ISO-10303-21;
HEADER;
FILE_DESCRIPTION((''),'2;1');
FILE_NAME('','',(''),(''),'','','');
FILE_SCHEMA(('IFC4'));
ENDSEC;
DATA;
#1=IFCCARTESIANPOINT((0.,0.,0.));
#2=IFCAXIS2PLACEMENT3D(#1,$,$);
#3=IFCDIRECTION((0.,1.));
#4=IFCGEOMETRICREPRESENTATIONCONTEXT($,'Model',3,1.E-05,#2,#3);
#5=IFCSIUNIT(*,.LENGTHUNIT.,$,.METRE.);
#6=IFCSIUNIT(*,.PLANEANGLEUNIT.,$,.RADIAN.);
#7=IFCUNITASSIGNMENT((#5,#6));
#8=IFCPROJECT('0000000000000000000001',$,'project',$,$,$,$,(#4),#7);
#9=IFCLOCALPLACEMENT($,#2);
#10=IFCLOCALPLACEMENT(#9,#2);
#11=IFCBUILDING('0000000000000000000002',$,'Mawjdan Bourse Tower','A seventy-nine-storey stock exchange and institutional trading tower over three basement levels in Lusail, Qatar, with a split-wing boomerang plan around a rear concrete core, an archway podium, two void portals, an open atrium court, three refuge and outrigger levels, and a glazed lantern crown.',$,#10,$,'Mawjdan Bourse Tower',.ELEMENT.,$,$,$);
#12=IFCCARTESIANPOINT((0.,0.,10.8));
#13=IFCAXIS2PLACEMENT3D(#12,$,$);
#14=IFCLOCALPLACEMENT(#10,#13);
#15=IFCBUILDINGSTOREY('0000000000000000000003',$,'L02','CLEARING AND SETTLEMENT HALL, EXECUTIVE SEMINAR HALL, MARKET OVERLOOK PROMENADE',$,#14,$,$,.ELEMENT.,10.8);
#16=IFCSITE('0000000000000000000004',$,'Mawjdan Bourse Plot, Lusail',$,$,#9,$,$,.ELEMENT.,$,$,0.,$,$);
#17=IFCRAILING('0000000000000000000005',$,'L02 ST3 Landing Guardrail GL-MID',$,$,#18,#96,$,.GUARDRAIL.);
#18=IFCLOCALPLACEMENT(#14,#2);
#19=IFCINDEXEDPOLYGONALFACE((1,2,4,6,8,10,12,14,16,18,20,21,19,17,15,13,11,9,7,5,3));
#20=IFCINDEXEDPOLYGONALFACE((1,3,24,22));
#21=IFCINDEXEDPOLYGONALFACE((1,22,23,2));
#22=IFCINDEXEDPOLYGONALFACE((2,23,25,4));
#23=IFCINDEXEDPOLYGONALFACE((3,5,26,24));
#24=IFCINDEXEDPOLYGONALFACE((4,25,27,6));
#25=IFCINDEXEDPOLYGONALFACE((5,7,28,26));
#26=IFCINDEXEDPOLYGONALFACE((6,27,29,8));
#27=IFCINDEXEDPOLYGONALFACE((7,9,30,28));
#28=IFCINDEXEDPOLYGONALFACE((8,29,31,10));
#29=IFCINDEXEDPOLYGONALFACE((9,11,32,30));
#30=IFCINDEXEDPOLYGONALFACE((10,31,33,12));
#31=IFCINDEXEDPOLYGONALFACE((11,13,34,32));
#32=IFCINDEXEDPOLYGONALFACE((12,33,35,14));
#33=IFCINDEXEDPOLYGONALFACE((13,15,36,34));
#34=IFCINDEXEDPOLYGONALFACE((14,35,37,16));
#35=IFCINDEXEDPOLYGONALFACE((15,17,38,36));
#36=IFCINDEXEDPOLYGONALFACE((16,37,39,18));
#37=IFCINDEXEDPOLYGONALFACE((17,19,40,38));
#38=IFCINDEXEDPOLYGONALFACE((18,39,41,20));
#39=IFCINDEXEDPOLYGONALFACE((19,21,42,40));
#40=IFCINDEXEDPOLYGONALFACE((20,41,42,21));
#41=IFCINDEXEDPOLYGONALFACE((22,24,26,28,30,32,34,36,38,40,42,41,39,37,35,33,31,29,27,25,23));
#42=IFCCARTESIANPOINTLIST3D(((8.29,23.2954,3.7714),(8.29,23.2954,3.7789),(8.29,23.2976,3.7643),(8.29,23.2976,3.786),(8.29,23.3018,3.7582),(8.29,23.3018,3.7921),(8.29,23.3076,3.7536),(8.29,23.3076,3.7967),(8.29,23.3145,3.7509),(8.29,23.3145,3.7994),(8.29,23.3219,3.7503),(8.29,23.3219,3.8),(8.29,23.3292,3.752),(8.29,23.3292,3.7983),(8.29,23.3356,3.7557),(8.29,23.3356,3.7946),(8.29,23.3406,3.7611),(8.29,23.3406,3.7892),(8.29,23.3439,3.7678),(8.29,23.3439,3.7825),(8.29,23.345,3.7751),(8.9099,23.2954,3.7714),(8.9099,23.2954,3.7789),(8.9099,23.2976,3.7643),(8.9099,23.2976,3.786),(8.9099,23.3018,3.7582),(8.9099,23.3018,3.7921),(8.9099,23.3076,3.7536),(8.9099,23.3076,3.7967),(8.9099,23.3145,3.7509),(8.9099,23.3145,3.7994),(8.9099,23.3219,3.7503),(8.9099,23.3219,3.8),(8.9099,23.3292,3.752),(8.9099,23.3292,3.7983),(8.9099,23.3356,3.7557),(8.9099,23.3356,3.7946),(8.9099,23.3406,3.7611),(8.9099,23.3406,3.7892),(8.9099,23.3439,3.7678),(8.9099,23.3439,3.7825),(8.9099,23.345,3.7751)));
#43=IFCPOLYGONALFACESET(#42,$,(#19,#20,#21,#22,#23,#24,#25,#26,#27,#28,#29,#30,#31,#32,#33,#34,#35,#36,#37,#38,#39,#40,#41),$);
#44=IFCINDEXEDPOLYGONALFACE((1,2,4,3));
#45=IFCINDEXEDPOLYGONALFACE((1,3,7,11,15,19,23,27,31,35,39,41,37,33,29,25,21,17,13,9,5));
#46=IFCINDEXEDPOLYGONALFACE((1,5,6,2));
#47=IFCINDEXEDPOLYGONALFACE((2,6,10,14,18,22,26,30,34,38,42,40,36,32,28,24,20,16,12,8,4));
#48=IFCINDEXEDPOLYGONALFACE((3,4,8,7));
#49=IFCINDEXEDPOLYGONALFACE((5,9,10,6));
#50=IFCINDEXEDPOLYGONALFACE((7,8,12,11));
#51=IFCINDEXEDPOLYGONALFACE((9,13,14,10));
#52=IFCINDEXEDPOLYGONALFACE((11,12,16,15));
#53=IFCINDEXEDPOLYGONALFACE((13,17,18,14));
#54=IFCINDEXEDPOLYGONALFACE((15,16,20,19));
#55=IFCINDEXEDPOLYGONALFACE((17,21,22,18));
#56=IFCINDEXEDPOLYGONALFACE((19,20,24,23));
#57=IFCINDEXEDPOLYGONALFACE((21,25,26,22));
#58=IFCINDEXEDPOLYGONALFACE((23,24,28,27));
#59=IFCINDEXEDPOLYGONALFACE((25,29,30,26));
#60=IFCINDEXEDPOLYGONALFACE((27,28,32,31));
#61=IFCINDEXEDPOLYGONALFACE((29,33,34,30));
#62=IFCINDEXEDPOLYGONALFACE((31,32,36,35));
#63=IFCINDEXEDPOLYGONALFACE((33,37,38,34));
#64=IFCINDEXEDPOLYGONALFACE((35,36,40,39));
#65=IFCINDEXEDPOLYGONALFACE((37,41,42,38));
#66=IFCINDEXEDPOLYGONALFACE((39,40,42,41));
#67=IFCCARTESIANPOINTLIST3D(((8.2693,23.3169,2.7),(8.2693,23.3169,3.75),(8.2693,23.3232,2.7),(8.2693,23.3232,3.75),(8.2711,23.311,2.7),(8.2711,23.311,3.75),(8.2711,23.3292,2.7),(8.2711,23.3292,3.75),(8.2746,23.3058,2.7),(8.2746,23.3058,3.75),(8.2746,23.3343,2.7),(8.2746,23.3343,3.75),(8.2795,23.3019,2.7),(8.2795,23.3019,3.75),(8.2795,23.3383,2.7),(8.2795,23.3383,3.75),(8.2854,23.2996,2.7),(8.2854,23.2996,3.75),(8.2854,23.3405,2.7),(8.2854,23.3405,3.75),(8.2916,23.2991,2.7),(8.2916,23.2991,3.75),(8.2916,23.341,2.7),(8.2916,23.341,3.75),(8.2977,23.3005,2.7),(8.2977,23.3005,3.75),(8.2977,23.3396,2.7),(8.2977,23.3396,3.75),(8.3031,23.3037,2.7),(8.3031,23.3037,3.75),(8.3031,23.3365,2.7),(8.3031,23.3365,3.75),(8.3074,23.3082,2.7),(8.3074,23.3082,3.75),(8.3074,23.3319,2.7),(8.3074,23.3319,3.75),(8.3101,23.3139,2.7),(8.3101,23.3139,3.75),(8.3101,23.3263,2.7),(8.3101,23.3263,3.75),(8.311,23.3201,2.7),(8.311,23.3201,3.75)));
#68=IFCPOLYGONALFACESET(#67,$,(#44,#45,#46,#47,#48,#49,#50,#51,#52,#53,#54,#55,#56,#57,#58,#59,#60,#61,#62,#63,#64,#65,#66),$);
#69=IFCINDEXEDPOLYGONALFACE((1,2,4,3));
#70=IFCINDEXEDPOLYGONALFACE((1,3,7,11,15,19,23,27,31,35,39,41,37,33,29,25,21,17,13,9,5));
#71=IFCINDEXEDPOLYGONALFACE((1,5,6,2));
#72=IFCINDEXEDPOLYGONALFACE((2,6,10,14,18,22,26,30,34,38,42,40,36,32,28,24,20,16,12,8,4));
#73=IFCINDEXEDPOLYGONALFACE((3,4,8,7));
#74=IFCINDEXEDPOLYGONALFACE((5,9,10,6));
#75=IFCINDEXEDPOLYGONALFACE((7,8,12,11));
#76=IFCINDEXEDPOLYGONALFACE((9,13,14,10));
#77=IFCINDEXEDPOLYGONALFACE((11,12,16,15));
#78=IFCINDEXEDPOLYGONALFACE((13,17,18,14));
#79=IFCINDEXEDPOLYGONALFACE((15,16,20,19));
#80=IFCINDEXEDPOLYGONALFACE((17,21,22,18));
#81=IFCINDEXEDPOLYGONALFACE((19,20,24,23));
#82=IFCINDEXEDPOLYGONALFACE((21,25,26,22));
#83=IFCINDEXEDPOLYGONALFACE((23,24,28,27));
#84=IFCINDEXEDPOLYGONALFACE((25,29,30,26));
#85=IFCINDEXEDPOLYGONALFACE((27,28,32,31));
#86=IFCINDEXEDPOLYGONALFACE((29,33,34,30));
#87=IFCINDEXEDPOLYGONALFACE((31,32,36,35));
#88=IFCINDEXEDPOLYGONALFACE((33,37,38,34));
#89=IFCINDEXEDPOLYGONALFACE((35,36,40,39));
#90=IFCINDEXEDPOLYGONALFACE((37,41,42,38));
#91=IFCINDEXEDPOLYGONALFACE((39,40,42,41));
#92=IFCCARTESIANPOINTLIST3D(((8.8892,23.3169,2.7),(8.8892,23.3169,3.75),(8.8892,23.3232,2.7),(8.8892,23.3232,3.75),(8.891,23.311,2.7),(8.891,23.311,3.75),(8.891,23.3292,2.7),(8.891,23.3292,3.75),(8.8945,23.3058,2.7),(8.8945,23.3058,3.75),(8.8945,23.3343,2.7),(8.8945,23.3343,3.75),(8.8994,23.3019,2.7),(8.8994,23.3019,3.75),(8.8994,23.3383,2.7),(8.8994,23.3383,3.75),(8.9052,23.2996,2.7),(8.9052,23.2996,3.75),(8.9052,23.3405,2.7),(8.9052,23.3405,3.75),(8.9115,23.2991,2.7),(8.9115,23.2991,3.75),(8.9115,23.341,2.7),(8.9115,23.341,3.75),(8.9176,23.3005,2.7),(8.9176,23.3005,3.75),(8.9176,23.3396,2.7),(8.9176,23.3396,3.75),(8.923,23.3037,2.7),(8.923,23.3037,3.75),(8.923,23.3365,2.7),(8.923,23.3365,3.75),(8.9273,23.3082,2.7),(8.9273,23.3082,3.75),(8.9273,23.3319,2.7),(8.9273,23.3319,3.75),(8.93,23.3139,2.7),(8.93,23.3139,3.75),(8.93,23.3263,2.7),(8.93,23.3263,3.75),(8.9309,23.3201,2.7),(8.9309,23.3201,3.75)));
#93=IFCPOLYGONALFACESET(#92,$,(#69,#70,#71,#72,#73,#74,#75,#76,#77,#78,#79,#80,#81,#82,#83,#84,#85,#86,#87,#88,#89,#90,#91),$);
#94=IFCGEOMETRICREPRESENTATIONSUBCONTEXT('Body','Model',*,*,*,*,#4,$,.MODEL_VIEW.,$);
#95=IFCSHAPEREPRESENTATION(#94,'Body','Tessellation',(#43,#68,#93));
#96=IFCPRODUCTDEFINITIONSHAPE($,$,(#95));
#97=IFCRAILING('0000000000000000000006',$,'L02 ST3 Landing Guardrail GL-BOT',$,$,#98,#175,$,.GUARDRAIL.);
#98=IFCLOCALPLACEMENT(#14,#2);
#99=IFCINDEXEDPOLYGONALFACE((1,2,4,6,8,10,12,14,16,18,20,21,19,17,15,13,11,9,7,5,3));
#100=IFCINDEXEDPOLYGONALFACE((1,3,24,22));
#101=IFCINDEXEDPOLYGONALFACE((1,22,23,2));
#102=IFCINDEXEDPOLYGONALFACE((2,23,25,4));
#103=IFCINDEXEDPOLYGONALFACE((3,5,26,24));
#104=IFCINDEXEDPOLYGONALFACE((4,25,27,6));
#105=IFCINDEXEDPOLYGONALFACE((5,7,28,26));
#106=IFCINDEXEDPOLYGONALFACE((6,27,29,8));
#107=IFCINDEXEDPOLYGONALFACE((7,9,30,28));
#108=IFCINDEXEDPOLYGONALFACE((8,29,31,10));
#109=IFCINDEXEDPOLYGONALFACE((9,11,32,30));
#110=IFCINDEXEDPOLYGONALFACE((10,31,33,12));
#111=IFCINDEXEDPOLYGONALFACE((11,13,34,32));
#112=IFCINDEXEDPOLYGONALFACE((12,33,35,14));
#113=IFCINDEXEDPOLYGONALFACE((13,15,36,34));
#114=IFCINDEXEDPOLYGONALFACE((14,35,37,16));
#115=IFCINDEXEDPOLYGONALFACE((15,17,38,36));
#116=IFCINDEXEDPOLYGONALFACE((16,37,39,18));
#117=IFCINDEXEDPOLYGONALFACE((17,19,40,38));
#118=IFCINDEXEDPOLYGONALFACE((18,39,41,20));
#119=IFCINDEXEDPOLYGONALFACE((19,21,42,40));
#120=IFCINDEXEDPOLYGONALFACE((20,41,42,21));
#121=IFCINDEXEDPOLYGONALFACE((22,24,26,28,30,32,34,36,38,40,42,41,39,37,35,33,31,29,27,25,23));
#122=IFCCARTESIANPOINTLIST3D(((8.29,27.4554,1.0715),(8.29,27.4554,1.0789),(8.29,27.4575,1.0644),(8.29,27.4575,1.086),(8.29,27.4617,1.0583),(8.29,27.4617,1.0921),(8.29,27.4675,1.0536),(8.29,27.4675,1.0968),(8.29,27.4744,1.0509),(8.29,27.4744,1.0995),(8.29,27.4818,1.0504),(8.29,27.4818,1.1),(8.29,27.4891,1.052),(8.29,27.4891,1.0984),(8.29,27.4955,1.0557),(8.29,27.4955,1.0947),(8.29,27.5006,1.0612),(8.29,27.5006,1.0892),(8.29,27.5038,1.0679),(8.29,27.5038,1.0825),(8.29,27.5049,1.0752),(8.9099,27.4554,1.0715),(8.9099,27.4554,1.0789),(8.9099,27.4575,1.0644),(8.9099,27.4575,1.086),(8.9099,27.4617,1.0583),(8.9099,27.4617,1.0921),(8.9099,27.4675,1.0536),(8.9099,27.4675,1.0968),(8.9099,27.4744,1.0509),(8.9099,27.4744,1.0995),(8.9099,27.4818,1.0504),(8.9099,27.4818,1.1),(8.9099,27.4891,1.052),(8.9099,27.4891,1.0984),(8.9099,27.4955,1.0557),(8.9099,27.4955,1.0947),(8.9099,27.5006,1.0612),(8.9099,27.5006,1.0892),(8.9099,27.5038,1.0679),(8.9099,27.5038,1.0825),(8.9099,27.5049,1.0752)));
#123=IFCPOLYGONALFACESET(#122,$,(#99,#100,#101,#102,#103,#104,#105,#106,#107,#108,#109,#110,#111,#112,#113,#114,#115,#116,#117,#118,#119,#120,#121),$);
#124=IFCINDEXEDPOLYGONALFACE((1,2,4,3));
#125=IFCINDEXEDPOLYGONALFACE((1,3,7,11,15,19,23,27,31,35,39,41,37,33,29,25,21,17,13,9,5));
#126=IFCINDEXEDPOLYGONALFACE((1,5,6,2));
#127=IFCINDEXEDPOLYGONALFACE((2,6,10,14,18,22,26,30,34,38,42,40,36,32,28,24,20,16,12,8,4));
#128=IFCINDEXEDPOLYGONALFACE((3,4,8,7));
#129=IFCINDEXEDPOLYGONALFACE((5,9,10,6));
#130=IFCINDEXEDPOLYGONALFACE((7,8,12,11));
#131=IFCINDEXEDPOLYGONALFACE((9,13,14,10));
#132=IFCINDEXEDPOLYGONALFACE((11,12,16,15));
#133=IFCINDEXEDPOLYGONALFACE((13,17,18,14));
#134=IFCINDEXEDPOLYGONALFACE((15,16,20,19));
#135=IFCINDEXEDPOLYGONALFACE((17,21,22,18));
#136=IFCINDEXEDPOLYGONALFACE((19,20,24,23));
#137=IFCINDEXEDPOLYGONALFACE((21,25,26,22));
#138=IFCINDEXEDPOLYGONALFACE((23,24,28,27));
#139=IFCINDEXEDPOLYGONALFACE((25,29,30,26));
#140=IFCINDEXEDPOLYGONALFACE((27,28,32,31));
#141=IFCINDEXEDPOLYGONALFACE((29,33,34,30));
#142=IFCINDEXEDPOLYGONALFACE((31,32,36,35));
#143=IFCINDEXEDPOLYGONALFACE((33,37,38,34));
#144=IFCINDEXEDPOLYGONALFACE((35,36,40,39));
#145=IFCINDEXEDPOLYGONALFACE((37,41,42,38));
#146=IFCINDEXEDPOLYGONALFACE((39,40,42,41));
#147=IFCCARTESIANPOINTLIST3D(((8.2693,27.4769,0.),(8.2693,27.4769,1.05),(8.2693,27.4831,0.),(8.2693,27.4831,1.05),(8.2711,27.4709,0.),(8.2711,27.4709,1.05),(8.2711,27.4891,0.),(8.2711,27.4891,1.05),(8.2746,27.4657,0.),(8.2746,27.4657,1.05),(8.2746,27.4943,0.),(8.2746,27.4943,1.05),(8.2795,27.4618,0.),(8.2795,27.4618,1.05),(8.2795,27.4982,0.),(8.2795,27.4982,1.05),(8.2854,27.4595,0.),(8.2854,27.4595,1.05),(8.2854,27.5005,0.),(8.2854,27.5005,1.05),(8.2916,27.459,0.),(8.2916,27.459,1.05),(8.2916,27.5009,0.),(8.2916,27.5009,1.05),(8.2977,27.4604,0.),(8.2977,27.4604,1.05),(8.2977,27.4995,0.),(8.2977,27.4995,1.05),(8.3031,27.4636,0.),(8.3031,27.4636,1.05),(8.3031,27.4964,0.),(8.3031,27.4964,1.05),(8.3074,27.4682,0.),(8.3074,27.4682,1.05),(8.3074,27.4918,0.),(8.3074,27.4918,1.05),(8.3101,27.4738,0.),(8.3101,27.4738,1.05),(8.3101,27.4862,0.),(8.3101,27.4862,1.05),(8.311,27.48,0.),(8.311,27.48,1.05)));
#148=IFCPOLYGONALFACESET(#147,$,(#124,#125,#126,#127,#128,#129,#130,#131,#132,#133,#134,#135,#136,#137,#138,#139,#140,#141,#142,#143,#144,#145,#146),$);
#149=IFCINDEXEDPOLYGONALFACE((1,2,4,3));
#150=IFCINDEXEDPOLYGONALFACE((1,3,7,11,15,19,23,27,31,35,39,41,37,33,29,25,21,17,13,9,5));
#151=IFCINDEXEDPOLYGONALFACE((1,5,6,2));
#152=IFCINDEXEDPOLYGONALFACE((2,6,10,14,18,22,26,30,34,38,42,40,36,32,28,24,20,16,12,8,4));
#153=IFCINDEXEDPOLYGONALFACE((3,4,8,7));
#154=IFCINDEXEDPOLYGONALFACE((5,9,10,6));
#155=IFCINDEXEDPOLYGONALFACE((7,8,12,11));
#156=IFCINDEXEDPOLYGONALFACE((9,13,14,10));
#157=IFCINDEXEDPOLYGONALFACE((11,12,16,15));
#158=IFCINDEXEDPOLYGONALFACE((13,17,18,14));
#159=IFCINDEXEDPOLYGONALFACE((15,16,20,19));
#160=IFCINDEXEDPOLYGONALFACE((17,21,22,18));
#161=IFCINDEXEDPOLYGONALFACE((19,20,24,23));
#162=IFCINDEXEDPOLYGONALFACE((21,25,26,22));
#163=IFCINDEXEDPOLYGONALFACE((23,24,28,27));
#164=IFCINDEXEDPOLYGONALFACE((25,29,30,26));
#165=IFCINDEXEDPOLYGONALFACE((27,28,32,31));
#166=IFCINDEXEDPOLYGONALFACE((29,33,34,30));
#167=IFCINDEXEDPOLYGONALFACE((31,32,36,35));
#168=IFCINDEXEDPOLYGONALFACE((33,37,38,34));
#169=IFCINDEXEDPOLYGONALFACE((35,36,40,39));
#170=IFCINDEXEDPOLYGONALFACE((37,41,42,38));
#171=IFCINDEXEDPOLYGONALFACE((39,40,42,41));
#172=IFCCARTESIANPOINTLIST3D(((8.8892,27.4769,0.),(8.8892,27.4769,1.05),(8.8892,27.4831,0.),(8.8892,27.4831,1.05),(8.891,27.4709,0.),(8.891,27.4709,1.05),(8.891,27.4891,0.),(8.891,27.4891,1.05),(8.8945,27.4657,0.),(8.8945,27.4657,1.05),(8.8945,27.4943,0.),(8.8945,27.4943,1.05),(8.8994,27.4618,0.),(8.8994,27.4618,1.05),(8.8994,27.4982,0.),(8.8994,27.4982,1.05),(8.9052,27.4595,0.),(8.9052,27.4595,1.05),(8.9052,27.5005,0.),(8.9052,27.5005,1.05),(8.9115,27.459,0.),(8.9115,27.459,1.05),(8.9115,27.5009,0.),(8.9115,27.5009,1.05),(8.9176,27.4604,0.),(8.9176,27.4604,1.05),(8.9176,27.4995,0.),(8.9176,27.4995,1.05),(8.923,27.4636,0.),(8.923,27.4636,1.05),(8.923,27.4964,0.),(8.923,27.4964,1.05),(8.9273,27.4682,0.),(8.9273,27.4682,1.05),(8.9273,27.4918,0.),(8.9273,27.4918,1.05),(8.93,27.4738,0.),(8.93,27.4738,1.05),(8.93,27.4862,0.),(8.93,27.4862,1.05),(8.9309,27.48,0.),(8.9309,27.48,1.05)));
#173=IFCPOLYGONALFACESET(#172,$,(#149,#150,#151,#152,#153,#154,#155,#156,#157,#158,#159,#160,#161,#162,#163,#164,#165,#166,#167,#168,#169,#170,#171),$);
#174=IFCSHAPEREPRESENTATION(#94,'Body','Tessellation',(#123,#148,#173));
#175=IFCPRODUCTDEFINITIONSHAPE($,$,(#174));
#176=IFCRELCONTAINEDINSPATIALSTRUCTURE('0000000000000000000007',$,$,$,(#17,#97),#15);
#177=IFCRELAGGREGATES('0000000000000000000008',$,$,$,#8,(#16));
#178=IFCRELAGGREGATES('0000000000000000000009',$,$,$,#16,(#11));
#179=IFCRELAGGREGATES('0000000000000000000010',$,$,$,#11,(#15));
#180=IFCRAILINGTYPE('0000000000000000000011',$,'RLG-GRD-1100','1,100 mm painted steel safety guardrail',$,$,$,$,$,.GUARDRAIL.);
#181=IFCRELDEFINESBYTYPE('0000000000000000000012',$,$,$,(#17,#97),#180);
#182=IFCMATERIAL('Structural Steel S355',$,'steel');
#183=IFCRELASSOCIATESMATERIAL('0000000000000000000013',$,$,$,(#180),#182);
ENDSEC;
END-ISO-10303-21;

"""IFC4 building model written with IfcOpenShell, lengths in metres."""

from ifc_helpers import new_model, si_unit, direction, frame, origin, origin_2d, place, context, subcontext, project, spatial, circle, extrude, material, type_object, element, save


model = new_model("IFC4")

# Units and contexts
model_context = context("Model", 3, precision=1e-05, world=origin(), true_north=direction((0.0, 1.0)))
body_context = subcontext(model_context, "Body", "Model", "MODEL_VIEW")
ifc_project = project(units=[si_unit("LENGTHUNIT", "METRE"), si_unit("PLANEANGLEUNIT", "RADIAN")], contexts=[model_context])

# Site, building, storey
site_placement = place(None, origin())
site = spatial("IfcSite", under=ifc_project, at=site_placement, Name="Mawjdan Bourse Plot, Lusail", CompositionType="ELEMENT", RefElevation=0.0)
building_placement = place(site_placement, origin())
building = spatial("IfcBuilding", under=site, at=building_placement, Name="Mawjdan Bourse Tower", Description="A seventy-nine-storey stock exchange and institutional trading tower over three basement levels in Lusail, Qatar, with a split-wing boomerang plan around a rear concrete core, an archway podium, two void portals, an open atrium court, three refuge and outrigger levels, and a glazed lantern crown.", LongName="Mawjdan Bourse Tower", CompositionType="ELEMENT")
storey_placement = place(building_placement, frame((0.0, 0.0, 10.8)))
storey = spatial("IfcBuildingStorey", under=building, at=storey_placement, Name="L02", Description="CLEARING AND SETTLEMENT HALL, EXECUTIVE SEMINAR HALL, MARKET OVERLOOK PROMENADE", CompositionType="ELEMENT", Elevation=10.8)

# Shared definitions
ifc_material_1 = material(Name="Structural Steel S355", Category="steel")

# Railings
railing_type_1 = type_object("IfcRailingType", Name="RLG-GRD-1100", Description="1,100 mm painted steel safety guardrail", PredefinedType="GUARDRAIL", material=ifc_material_1)
for number, where, name in (
    (1, (8.29, 23.3201, 2.7), "L02 ST3 Landing Guardrail GL-MID"),
    (2, (8.29, 27.48, 0.0), "L02 ST3 Landing Guardrail GL-BOT"),
):
    element("IfcRailing", number, at=place(storey_placement, frame(where)), inside=storey, type_object=railing_type_1, Name=name, PredefinedType="GUARDRAIL", context=body_context, shape_type="SweptSolid", body=[
        extrude(circle(Radius=0.0249, at=origin_2d()), frame((0.0, 0.0, 1.0752), z_axis=(1.0, 0.0, 0.0), x_axis=(0.0, 1.0, 0.0)), (0.0, 0.0, 1.0), 0.6199),
        extrude(circle(Radius=0.021, at=origin_2d()), origin(), (0.0, 0.0, 1.0), 1.05),
        extrude(circle(Radius=0.021, at=origin_2d()), frame((0.6199, 0.0, 0.0)), (0.0, 0.0, 1.0), 1.05),
    ])

save(model, "model.ifc")
